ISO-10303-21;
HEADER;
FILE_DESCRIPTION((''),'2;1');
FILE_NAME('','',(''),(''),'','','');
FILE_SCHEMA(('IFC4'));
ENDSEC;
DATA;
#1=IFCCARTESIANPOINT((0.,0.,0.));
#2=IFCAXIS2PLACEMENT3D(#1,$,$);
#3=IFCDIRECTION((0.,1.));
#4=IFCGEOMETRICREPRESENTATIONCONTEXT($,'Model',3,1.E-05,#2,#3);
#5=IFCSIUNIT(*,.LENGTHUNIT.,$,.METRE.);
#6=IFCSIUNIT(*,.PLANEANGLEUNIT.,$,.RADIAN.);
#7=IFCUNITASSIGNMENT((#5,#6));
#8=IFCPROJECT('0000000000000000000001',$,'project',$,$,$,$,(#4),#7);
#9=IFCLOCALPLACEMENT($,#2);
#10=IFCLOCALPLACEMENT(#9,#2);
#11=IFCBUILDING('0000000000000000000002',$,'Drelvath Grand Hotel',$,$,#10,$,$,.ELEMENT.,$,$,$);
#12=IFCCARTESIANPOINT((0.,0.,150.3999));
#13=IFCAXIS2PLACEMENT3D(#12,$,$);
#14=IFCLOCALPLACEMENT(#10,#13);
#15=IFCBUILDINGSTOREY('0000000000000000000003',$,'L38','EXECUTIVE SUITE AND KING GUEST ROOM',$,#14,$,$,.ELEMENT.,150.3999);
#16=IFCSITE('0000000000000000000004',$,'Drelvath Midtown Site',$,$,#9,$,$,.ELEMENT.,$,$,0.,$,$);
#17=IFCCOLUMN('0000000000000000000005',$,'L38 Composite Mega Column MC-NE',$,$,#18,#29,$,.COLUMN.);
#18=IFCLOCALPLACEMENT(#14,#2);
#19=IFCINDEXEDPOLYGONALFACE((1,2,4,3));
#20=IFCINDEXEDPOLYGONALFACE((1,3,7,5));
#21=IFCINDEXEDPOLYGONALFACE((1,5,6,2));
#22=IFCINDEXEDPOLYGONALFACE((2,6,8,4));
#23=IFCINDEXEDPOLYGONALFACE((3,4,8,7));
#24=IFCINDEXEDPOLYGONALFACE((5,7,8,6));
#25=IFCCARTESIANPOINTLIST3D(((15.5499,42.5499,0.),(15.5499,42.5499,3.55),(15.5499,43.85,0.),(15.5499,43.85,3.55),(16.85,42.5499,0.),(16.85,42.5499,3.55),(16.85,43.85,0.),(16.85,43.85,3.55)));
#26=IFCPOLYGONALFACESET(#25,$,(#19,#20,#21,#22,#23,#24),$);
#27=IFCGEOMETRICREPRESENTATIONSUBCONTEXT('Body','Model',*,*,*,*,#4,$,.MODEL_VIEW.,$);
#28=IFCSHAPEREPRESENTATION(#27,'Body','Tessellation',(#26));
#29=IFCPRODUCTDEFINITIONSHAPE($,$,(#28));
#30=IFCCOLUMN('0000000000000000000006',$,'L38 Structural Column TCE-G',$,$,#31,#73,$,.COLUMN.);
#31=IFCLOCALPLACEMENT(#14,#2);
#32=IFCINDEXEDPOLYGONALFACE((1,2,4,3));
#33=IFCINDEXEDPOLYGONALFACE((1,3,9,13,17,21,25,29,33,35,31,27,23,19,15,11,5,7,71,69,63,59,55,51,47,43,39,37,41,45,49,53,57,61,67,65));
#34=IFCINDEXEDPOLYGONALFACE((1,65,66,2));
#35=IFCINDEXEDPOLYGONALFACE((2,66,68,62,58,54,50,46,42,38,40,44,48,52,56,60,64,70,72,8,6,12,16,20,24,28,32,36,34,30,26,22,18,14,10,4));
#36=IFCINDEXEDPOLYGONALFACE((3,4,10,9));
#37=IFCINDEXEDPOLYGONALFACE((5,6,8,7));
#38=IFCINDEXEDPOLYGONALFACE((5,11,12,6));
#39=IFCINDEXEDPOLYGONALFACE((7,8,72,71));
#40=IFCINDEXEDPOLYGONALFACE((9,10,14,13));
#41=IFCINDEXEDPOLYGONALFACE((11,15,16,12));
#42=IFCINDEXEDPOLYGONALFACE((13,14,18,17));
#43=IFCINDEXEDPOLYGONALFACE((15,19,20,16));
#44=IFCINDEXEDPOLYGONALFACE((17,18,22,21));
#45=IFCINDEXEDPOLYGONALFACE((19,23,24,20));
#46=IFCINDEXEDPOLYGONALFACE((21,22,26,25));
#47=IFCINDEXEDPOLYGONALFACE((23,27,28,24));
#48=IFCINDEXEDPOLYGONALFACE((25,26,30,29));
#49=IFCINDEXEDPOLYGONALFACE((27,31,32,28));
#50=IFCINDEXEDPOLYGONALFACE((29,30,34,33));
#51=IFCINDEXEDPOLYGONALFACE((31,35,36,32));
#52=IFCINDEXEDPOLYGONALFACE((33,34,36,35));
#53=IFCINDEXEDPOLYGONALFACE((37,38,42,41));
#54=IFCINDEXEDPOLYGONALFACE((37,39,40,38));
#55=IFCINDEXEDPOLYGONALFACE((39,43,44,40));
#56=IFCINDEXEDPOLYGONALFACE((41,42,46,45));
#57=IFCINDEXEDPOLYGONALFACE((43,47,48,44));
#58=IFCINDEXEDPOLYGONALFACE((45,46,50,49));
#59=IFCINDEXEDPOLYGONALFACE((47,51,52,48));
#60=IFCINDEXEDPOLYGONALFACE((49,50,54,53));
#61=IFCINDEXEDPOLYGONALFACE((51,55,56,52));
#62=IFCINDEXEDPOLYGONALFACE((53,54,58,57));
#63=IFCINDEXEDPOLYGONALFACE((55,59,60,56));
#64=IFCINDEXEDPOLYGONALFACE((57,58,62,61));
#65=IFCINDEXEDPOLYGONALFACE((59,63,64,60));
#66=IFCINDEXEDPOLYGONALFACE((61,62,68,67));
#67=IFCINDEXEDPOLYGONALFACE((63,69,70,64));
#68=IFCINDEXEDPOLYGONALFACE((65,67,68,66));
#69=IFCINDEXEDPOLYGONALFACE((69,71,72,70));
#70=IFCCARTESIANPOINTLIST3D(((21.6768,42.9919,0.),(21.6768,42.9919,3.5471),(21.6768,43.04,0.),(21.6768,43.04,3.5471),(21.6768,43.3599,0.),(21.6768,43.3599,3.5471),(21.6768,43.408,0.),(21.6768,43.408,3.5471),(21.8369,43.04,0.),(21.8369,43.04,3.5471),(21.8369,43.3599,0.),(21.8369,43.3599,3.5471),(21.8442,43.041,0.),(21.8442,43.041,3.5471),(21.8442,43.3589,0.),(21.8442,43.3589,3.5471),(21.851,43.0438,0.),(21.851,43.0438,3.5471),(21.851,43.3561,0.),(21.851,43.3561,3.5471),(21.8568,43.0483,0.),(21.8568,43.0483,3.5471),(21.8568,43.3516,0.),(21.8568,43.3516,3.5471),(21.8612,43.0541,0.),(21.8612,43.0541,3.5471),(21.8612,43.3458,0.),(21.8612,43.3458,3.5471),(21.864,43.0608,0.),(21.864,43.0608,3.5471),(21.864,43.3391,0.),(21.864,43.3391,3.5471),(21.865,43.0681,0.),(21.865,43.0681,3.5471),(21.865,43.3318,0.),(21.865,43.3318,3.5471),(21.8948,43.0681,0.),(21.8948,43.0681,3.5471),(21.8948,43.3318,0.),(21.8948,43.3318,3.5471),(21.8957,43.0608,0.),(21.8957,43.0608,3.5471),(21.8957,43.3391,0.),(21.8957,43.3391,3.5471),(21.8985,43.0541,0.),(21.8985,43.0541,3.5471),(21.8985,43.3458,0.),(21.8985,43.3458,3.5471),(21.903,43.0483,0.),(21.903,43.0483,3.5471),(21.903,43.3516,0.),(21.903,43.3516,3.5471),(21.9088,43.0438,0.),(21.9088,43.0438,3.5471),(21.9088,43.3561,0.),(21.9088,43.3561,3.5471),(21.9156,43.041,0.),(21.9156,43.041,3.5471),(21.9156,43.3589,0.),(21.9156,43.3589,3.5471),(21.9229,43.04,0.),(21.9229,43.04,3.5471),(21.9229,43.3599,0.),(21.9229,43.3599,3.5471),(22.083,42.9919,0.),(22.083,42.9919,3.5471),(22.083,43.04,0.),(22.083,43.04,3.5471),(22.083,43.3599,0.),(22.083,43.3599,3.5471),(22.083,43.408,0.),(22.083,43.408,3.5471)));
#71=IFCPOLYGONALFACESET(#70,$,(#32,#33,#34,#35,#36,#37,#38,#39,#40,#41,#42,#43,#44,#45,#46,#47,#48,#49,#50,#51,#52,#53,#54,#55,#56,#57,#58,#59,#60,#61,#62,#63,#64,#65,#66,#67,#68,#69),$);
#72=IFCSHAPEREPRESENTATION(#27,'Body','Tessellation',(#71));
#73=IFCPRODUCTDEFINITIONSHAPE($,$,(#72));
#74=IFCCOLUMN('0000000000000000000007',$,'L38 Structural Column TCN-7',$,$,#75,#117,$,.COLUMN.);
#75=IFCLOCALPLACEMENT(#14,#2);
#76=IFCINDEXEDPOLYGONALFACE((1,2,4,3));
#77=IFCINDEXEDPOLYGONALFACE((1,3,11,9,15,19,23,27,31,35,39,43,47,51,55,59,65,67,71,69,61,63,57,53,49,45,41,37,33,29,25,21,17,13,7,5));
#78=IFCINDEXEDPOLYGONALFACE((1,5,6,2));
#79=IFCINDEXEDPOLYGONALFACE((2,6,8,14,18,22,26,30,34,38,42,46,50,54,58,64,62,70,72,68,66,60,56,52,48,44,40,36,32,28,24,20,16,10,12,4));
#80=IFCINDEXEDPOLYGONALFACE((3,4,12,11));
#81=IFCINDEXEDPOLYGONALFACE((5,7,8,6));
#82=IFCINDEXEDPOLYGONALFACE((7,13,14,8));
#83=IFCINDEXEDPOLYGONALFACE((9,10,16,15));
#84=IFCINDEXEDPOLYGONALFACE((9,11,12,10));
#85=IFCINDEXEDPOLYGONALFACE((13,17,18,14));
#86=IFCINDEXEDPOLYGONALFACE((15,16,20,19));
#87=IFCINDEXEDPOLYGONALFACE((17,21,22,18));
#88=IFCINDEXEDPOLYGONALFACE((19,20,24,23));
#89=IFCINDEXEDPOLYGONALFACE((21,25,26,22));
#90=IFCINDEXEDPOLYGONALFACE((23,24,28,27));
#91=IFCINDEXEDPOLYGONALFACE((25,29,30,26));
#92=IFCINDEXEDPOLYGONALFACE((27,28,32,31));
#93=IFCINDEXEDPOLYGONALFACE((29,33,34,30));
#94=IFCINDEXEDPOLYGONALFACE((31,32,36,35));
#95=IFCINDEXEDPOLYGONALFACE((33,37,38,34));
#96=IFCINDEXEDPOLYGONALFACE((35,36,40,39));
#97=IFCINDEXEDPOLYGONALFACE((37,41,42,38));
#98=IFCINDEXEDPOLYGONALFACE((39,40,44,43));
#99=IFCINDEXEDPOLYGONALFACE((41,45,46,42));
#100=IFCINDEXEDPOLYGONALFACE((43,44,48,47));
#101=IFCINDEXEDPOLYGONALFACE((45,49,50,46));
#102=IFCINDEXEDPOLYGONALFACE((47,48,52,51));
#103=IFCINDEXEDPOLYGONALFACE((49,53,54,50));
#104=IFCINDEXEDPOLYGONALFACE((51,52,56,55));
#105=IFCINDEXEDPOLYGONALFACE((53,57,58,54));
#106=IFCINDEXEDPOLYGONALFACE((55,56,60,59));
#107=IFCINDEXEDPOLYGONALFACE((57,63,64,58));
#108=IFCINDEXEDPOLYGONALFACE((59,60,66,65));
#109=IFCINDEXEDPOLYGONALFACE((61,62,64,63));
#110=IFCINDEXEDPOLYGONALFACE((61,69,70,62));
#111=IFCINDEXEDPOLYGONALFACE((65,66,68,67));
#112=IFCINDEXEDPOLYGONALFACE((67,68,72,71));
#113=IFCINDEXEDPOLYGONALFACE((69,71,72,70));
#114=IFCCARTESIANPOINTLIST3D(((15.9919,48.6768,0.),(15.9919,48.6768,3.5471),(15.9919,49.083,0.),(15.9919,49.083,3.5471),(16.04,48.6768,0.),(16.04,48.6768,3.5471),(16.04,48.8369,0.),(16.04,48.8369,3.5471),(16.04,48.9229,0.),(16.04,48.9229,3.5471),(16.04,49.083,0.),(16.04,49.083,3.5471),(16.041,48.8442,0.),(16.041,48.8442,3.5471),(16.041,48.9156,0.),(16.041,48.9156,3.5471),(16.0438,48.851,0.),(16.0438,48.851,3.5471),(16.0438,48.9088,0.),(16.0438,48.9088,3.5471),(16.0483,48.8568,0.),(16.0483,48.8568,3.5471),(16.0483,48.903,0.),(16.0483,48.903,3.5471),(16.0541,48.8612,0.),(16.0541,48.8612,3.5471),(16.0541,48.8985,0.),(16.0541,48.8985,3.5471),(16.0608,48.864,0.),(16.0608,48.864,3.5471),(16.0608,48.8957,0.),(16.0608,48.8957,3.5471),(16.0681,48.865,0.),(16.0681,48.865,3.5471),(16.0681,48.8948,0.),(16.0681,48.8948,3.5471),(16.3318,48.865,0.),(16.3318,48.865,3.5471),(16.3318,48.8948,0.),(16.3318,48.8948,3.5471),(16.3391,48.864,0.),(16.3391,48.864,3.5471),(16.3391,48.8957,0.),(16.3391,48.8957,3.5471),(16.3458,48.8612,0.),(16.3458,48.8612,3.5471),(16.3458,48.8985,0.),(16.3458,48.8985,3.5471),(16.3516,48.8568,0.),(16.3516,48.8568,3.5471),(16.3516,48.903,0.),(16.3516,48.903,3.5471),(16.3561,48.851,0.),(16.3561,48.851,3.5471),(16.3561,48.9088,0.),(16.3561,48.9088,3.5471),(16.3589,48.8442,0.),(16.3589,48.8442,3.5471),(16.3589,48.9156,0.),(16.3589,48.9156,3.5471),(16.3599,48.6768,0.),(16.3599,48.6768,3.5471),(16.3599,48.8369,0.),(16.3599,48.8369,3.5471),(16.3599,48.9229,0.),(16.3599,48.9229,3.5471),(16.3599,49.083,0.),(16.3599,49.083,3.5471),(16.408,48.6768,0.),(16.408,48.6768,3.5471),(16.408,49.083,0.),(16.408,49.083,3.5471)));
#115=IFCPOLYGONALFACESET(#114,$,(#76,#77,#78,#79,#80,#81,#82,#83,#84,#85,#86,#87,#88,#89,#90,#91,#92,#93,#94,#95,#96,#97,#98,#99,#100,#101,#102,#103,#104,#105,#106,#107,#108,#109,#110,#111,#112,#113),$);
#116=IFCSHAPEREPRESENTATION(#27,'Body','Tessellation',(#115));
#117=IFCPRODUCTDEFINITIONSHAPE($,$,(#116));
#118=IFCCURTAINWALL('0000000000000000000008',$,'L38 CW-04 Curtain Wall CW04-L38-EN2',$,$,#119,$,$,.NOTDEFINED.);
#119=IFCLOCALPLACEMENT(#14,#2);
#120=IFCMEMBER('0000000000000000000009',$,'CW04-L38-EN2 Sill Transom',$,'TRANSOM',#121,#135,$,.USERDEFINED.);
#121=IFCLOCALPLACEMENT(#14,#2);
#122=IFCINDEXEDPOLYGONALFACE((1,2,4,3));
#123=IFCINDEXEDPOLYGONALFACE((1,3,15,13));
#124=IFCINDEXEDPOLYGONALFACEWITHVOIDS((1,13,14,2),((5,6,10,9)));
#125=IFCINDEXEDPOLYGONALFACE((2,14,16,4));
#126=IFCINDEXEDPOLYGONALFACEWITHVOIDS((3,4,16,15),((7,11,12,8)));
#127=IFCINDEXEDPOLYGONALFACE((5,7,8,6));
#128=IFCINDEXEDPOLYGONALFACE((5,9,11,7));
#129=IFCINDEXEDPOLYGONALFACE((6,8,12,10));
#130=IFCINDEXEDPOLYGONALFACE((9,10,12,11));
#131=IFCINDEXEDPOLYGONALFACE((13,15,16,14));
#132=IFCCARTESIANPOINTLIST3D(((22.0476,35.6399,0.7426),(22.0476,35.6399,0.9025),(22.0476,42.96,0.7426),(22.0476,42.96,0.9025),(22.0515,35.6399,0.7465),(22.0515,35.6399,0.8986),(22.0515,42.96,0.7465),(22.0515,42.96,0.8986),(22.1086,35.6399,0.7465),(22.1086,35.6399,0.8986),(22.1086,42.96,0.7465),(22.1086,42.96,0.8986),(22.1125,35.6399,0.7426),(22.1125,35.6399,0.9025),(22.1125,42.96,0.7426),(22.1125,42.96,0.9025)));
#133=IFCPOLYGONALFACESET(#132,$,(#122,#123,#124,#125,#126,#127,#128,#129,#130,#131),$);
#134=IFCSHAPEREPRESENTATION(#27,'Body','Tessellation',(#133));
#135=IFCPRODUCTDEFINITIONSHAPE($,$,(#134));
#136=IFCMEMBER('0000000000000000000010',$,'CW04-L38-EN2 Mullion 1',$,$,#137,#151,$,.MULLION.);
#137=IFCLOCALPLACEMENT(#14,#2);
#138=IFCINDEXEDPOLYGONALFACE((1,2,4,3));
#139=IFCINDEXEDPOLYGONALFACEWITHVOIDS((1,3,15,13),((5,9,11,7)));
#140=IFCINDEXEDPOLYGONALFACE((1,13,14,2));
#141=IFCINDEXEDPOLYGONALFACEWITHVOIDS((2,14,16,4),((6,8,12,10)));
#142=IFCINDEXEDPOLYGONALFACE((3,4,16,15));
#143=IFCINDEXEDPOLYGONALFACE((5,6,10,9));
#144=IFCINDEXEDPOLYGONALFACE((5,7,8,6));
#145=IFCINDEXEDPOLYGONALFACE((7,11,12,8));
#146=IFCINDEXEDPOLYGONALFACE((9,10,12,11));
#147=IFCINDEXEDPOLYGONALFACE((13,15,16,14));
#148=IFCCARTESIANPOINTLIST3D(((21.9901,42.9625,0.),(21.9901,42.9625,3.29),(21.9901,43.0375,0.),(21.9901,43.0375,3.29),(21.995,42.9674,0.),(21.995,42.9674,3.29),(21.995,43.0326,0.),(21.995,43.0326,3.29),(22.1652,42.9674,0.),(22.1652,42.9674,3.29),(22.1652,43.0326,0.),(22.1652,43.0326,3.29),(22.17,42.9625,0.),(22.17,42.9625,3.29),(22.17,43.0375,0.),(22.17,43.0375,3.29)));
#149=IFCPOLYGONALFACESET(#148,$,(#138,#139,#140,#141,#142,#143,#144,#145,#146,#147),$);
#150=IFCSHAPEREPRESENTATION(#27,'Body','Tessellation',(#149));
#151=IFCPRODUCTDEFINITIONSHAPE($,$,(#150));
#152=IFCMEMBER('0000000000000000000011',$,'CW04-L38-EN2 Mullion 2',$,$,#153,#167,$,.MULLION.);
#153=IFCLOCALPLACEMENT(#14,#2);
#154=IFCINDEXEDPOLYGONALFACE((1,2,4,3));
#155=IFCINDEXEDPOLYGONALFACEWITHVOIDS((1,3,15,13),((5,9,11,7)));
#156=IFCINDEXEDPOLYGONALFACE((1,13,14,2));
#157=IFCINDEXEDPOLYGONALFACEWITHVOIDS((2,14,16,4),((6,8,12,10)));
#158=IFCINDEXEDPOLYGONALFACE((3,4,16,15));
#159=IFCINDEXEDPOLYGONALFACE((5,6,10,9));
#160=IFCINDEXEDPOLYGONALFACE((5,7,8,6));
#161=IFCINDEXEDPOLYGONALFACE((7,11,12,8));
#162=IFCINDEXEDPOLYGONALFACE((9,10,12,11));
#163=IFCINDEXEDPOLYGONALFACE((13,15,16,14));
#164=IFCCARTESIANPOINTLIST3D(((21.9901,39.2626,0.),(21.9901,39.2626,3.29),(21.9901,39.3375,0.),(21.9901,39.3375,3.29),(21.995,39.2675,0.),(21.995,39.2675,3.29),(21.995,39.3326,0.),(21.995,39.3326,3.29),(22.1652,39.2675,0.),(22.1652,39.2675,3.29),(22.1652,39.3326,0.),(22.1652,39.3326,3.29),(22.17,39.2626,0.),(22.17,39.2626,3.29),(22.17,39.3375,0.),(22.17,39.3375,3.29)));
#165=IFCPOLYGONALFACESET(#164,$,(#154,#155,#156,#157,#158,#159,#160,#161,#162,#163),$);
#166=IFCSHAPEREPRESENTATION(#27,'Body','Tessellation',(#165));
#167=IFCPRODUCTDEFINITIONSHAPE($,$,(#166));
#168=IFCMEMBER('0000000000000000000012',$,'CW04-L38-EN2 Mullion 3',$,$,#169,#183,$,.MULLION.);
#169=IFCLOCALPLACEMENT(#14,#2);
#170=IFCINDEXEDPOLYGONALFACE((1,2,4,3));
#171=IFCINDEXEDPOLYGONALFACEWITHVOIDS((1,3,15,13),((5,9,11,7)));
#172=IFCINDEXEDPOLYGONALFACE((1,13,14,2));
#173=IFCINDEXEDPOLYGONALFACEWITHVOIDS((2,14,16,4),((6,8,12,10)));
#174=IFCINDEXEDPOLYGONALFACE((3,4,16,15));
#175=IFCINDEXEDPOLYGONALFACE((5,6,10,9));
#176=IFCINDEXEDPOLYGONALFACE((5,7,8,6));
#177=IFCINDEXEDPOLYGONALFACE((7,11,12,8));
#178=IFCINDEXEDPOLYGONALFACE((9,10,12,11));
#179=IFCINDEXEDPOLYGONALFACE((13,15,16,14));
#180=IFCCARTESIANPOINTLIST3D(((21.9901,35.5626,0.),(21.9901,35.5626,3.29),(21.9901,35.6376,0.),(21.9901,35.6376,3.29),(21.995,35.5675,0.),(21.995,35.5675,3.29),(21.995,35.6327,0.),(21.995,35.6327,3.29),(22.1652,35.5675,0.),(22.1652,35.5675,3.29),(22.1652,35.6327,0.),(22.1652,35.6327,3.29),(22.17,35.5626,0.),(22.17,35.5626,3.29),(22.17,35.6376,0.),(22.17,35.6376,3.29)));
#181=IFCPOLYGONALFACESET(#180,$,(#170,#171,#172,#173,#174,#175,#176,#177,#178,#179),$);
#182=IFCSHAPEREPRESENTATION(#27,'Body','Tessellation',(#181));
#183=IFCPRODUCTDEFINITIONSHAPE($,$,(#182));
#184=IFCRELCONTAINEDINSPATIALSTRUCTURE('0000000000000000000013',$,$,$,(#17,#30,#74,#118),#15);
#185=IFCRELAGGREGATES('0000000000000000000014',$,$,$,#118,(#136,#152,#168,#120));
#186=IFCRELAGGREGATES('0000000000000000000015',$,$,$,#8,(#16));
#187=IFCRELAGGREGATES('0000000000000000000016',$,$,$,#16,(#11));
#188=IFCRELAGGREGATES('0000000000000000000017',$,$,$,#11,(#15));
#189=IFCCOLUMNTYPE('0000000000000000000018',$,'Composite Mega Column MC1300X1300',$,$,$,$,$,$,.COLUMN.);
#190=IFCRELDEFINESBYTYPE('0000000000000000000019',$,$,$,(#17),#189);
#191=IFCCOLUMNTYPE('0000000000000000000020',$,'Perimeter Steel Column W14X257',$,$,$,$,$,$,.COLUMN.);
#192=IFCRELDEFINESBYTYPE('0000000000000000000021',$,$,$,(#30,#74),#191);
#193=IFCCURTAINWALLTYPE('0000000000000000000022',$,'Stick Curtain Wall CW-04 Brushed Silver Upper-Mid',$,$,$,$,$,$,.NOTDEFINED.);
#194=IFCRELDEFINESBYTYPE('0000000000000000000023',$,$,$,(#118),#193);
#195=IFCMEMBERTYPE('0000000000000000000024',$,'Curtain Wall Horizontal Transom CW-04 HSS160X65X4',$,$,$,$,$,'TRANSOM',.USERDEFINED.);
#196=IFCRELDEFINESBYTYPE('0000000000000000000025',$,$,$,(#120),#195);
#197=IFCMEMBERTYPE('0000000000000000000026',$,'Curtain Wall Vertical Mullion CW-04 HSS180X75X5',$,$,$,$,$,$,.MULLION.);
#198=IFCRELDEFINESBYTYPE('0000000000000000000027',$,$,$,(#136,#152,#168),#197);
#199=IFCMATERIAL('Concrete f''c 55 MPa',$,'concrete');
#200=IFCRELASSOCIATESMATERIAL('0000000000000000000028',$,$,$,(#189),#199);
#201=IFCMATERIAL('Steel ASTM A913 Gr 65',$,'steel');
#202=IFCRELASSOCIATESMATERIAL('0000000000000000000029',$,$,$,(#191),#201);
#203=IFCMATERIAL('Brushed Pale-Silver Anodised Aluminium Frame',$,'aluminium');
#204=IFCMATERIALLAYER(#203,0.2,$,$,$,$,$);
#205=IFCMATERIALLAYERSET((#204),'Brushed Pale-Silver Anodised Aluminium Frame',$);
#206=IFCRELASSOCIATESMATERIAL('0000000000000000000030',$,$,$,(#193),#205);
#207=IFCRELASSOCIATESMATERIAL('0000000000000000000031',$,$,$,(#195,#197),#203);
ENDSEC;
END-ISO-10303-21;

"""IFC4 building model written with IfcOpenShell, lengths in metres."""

from ifc_helpers import new_model, si_unit, direction, frame, origin, origin_2d, place, context, subcontext, project, spatial, rectangle, hollow_rectangle, i_section, extrude, material, layer, layer_set, material_profile, profile_set, type_object, element, aggregate, save


model = new_model("IFC4")

# Units and contexts
model_context = context("Model", 3, precision=1e-05, world=origin(), true_north=direction((0.0, 1.0)))
body_context = subcontext(model_context, "Body", "Model", "MODEL_VIEW")
ifc_project = project(units=[si_unit("LENGTHUNIT", "METRE"), si_unit("PLANEANGLEUNIT", "RADIAN")], contexts=[model_context])

# Site, building, storey
site_placement = place(None, origin())
site = spatial("IfcSite", under=ifc_project, at=site_placement, Name="Drelvath Midtown Site", CompositionType="ELEMENT", RefElevation=0.0)
building_placement = place(site_placement, origin())
building = spatial("IfcBuilding", under=site, at=building_placement, Name="Drelvath Grand Hotel", CompositionType="ELEMENT")
storey_placement = place(building_placement, frame((0.0, 0.0, 150.3999)))
storey = spatial("IfcBuildingStorey", under=building, at=storey_placement, Name="L38", Description="EXECUTIVE SUITE AND KING GUEST ROOM", CompositionType="ELEMENT", Elevation=150.3999)

# Columns
ifc_material_1 = material(Name="Concrete f'c 55 MPa", Category="concrete")
ifc_material_profile_1 = material_profile(ifc_material_1, rectangle(XDim=1.3, YDim=1.3, at=origin_2d()), Name="MC1300X1300")
ifc_profile_set_1 = profile_set([ifc_material_profile_1], Name="Concrete f'c 55 MPa")
column_type_1 = type_object("IfcColumnType", Name="Composite Mega Column MC1300X1300", PredefinedType="COLUMN", material=ifc_profile_set_1)
column_placement = place(storey_placement, frame((16.2, 43.2, 0.0), z_axis=(0.0, 0.0, 1.0), x_axis=(1.0, 0.0, 0.0)))
element("IfcColumn", 1, at=column_placement, inside=storey, type_object=column_type_1, Name="L38 Composite Mega Column MC-NE", PredefinedType="COLUMN", context=body_context, shape_type="SweptSolid", body=[
    extrude(rectangle(XDim=1.3, YDim=1.3, at=origin_2d()), origin(), (0.0, 0.0, 1.0), 3.55),
])
ifc_material_2 = material(Name="Steel ASTM A913 Gr 65", Category="steel")
ifc_material_profile_2 = material_profile(ifc_material_2, i_section(OverallWidth=0.4062, OverallDepth=0.416, WebThickness=0.0298, FlangeThickness=0.0481, FilletRadius=0.0281, at=origin_2d()), Name="W14X257")
ifc_profile_set_2 = profile_set([ifc_material_profile_2], Name="Steel ASTM A913 Gr 65")
column_type_2 = type_object("IfcColumnType", Name="Perimeter Steel Column W14X257", PredefinedType="COLUMN", material=ifc_profile_set_2)
for number, where, z_axis, x_axis, name in (
    (2, (21.8799, 43.2, 0.0), (0.0, 0.0, 1.0), (1.0, 0.0, 0.0), "L38 Structural Column TCE-G"),
    (3, (16.2, 48.8799, 0.0), (0.0, 0.0, 1.0), (0.0, 1.0, 0.0), "L38 Structural Column TCN-7"),
):
    element("IfcColumn", number, at=place(storey_placement, frame(where, z_axis=z_axis, x_axis=x_axis)), inside=storey, type_object=column_type_2, Name=name, PredefinedType="COLUMN", context=body_context, shape_type="SweptSolid", body=[
        extrude(i_section(OverallWidth=0.4062, OverallDepth=0.416, WebThickness=0.0298, FlangeThickness=0.0481, FilletRadius=0.0281, at=origin_2d()), origin(), (0.0, 0.0, 1.0), 3.5471),
    ])

# Curtain wall, members
ifc_material_3 = material(Name="Brushed Pale-Silver Anodised Aluminium Frame", Category="aluminium")
ifc_layer_1 = layer(ifc_material_3, 0.2)
ifc_layer_set_1 = layer_set([ifc_layer_1], Name="Brushed Pale-Silver Anodised Aluminium Frame")
curtain_wall_type = type_object("IfcCurtainWallType", Name="Stick Curtain Wall CW-04 Brushed Silver Upper-Mid", PredefinedType="NOTDEFINED", material=ifc_layer_set_1)
curtain_wall_1_placement = place(storey_placement, origin())
curtain_wall_1 = element("IfcCurtainWall", 4, at=curtain_wall_1_placement, inside=storey, type_object=curtain_wall_type, Name="L38 CW-04 Curtain Wall CW04-L38-EN2", PredefinedType="NOTDEFINED")
ifc_material_profile_3 = material_profile(ifc_material_3, hollow_rectangle(XDim=0.0649, YDim=0.1599, WallThickness=0.0039, at=origin_2d()), Name="HSS160X65X4")
ifc_profile_set_3 = profile_set([ifc_material_profile_3], Name="Brushed Pale-Silver Anodised Aluminium Frame")
member_type_1 = type_object("IfcMemberType", Name="Curtain Wall Horizontal Transom CW-04 HSS160X65X4", ElementType="TRANSOM", PredefinedType="USERDEFINED", material=ifc_profile_set_3)
member_1_placement = place(storey_placement, frame((22.0801, 42.96, 0.8225), z_axis=(0.0, -1.0, 0.0), x_axis=(1.0, 0.0, 0.0)))
member_1 = element("IfcMember", 5, at=member_1_placement, type_object=member_type_1, Name="CW04-L38-EN2 Sill Transom", ObjectType="TRANSOM", PredefinedType="USERDEFINED", context=body_context, shape_type="SweptSolid", body=[
    extrude(hollow_rectangle(XDim=0.0649, YDim=0.1599, WallThickness=0.0039, at=origin_2d()), origin(), (0.0, 0.0, 1.0), 7.3201),
])
ifc_material_profile_4 = material_profile(ifc_material_3, hollow_rectangle(XDim=0.075, YDim=0.1799, WallThickness=0.0049, at=origin_2d()), Name="HSS180X75X5")
ifc_profile_set_4 = profile_set([ifc_material_profile_4], Name="Brushed Pale-Silver Anodised Aluminium Frame")
member_type_2 = type_object("IfcMemberType", Name="Curtain Wall Vertical Mullion CW-04 HSS180X75X5", PredefinedType="MULLION", material=ifc_profile_set_4)
member_2_placement = place(storey_placement, frame((22.0801, 43.0, 0.0), z_axis=(0.0, 0.0, 1.0), x_axis=(0.0, 1.0, 0.0)))
member_2 = element("IfcMember", 6, at=member_2_placement, type_object=member_type_2, Name="CW04-L38-EN2 Mullion 1", PredefinedType="MULLION", context=body_context, shape_type="SweptSolid", body=[
    extrude(hollow_rectangle(XDim=0.075, YDim=0.1799, WallThickness=0.0049, at=origin_2d()), origin(), (0.0, 0.0, 1.0), 3.29),
])
member_3_placement = place(storey_placement, frame((22.0801, 39.3, 0.0), z_axis=(0.0, 0.0, 1.0), x_axis=(0.0, 1.0, 0.0)))
member_3 = element("IfcMember", 7, at=member_3_placement, type_object=member_type_2, Name="CW04-L38-EN2 Mullion 2", PredefinedType="MULLION", context=body_context, shape_type="SweptSolid", body=[
    extrude(hollow_rectangle(XDim=0.075, YDim=0.1799, WallThickness=0.0049, at=origin_2d()), origin(), (0.0, 0.0, 1.0), 3.29),
])
member_4_placement = place(storey_placement, frame((22.0801, 35.6001, 0.0), z_axis=(0.0, 0.0, 1.0), x_axis=(0.0, 1.0, 0.0)))
member_4 = element("IfcMember", 8, at=member_4_placement, type_object=member_type_2, Name="CW04-L38-EN2 Mullion 3", PredefinedType="MULLION", context=body_context, shape_type="SweptSolid", body=[
    extrude(hollow_rectangle(XDim=0.075, YDim=0.1799, WallThickness=0.0049, at=origin_2d()), origin(), (0.0, 0.0, 1.0), 3.29),
])

aggregate(curtain_wall_1, [member_2, member_3, member_4, member_1])

save(model, "model.ifc")
